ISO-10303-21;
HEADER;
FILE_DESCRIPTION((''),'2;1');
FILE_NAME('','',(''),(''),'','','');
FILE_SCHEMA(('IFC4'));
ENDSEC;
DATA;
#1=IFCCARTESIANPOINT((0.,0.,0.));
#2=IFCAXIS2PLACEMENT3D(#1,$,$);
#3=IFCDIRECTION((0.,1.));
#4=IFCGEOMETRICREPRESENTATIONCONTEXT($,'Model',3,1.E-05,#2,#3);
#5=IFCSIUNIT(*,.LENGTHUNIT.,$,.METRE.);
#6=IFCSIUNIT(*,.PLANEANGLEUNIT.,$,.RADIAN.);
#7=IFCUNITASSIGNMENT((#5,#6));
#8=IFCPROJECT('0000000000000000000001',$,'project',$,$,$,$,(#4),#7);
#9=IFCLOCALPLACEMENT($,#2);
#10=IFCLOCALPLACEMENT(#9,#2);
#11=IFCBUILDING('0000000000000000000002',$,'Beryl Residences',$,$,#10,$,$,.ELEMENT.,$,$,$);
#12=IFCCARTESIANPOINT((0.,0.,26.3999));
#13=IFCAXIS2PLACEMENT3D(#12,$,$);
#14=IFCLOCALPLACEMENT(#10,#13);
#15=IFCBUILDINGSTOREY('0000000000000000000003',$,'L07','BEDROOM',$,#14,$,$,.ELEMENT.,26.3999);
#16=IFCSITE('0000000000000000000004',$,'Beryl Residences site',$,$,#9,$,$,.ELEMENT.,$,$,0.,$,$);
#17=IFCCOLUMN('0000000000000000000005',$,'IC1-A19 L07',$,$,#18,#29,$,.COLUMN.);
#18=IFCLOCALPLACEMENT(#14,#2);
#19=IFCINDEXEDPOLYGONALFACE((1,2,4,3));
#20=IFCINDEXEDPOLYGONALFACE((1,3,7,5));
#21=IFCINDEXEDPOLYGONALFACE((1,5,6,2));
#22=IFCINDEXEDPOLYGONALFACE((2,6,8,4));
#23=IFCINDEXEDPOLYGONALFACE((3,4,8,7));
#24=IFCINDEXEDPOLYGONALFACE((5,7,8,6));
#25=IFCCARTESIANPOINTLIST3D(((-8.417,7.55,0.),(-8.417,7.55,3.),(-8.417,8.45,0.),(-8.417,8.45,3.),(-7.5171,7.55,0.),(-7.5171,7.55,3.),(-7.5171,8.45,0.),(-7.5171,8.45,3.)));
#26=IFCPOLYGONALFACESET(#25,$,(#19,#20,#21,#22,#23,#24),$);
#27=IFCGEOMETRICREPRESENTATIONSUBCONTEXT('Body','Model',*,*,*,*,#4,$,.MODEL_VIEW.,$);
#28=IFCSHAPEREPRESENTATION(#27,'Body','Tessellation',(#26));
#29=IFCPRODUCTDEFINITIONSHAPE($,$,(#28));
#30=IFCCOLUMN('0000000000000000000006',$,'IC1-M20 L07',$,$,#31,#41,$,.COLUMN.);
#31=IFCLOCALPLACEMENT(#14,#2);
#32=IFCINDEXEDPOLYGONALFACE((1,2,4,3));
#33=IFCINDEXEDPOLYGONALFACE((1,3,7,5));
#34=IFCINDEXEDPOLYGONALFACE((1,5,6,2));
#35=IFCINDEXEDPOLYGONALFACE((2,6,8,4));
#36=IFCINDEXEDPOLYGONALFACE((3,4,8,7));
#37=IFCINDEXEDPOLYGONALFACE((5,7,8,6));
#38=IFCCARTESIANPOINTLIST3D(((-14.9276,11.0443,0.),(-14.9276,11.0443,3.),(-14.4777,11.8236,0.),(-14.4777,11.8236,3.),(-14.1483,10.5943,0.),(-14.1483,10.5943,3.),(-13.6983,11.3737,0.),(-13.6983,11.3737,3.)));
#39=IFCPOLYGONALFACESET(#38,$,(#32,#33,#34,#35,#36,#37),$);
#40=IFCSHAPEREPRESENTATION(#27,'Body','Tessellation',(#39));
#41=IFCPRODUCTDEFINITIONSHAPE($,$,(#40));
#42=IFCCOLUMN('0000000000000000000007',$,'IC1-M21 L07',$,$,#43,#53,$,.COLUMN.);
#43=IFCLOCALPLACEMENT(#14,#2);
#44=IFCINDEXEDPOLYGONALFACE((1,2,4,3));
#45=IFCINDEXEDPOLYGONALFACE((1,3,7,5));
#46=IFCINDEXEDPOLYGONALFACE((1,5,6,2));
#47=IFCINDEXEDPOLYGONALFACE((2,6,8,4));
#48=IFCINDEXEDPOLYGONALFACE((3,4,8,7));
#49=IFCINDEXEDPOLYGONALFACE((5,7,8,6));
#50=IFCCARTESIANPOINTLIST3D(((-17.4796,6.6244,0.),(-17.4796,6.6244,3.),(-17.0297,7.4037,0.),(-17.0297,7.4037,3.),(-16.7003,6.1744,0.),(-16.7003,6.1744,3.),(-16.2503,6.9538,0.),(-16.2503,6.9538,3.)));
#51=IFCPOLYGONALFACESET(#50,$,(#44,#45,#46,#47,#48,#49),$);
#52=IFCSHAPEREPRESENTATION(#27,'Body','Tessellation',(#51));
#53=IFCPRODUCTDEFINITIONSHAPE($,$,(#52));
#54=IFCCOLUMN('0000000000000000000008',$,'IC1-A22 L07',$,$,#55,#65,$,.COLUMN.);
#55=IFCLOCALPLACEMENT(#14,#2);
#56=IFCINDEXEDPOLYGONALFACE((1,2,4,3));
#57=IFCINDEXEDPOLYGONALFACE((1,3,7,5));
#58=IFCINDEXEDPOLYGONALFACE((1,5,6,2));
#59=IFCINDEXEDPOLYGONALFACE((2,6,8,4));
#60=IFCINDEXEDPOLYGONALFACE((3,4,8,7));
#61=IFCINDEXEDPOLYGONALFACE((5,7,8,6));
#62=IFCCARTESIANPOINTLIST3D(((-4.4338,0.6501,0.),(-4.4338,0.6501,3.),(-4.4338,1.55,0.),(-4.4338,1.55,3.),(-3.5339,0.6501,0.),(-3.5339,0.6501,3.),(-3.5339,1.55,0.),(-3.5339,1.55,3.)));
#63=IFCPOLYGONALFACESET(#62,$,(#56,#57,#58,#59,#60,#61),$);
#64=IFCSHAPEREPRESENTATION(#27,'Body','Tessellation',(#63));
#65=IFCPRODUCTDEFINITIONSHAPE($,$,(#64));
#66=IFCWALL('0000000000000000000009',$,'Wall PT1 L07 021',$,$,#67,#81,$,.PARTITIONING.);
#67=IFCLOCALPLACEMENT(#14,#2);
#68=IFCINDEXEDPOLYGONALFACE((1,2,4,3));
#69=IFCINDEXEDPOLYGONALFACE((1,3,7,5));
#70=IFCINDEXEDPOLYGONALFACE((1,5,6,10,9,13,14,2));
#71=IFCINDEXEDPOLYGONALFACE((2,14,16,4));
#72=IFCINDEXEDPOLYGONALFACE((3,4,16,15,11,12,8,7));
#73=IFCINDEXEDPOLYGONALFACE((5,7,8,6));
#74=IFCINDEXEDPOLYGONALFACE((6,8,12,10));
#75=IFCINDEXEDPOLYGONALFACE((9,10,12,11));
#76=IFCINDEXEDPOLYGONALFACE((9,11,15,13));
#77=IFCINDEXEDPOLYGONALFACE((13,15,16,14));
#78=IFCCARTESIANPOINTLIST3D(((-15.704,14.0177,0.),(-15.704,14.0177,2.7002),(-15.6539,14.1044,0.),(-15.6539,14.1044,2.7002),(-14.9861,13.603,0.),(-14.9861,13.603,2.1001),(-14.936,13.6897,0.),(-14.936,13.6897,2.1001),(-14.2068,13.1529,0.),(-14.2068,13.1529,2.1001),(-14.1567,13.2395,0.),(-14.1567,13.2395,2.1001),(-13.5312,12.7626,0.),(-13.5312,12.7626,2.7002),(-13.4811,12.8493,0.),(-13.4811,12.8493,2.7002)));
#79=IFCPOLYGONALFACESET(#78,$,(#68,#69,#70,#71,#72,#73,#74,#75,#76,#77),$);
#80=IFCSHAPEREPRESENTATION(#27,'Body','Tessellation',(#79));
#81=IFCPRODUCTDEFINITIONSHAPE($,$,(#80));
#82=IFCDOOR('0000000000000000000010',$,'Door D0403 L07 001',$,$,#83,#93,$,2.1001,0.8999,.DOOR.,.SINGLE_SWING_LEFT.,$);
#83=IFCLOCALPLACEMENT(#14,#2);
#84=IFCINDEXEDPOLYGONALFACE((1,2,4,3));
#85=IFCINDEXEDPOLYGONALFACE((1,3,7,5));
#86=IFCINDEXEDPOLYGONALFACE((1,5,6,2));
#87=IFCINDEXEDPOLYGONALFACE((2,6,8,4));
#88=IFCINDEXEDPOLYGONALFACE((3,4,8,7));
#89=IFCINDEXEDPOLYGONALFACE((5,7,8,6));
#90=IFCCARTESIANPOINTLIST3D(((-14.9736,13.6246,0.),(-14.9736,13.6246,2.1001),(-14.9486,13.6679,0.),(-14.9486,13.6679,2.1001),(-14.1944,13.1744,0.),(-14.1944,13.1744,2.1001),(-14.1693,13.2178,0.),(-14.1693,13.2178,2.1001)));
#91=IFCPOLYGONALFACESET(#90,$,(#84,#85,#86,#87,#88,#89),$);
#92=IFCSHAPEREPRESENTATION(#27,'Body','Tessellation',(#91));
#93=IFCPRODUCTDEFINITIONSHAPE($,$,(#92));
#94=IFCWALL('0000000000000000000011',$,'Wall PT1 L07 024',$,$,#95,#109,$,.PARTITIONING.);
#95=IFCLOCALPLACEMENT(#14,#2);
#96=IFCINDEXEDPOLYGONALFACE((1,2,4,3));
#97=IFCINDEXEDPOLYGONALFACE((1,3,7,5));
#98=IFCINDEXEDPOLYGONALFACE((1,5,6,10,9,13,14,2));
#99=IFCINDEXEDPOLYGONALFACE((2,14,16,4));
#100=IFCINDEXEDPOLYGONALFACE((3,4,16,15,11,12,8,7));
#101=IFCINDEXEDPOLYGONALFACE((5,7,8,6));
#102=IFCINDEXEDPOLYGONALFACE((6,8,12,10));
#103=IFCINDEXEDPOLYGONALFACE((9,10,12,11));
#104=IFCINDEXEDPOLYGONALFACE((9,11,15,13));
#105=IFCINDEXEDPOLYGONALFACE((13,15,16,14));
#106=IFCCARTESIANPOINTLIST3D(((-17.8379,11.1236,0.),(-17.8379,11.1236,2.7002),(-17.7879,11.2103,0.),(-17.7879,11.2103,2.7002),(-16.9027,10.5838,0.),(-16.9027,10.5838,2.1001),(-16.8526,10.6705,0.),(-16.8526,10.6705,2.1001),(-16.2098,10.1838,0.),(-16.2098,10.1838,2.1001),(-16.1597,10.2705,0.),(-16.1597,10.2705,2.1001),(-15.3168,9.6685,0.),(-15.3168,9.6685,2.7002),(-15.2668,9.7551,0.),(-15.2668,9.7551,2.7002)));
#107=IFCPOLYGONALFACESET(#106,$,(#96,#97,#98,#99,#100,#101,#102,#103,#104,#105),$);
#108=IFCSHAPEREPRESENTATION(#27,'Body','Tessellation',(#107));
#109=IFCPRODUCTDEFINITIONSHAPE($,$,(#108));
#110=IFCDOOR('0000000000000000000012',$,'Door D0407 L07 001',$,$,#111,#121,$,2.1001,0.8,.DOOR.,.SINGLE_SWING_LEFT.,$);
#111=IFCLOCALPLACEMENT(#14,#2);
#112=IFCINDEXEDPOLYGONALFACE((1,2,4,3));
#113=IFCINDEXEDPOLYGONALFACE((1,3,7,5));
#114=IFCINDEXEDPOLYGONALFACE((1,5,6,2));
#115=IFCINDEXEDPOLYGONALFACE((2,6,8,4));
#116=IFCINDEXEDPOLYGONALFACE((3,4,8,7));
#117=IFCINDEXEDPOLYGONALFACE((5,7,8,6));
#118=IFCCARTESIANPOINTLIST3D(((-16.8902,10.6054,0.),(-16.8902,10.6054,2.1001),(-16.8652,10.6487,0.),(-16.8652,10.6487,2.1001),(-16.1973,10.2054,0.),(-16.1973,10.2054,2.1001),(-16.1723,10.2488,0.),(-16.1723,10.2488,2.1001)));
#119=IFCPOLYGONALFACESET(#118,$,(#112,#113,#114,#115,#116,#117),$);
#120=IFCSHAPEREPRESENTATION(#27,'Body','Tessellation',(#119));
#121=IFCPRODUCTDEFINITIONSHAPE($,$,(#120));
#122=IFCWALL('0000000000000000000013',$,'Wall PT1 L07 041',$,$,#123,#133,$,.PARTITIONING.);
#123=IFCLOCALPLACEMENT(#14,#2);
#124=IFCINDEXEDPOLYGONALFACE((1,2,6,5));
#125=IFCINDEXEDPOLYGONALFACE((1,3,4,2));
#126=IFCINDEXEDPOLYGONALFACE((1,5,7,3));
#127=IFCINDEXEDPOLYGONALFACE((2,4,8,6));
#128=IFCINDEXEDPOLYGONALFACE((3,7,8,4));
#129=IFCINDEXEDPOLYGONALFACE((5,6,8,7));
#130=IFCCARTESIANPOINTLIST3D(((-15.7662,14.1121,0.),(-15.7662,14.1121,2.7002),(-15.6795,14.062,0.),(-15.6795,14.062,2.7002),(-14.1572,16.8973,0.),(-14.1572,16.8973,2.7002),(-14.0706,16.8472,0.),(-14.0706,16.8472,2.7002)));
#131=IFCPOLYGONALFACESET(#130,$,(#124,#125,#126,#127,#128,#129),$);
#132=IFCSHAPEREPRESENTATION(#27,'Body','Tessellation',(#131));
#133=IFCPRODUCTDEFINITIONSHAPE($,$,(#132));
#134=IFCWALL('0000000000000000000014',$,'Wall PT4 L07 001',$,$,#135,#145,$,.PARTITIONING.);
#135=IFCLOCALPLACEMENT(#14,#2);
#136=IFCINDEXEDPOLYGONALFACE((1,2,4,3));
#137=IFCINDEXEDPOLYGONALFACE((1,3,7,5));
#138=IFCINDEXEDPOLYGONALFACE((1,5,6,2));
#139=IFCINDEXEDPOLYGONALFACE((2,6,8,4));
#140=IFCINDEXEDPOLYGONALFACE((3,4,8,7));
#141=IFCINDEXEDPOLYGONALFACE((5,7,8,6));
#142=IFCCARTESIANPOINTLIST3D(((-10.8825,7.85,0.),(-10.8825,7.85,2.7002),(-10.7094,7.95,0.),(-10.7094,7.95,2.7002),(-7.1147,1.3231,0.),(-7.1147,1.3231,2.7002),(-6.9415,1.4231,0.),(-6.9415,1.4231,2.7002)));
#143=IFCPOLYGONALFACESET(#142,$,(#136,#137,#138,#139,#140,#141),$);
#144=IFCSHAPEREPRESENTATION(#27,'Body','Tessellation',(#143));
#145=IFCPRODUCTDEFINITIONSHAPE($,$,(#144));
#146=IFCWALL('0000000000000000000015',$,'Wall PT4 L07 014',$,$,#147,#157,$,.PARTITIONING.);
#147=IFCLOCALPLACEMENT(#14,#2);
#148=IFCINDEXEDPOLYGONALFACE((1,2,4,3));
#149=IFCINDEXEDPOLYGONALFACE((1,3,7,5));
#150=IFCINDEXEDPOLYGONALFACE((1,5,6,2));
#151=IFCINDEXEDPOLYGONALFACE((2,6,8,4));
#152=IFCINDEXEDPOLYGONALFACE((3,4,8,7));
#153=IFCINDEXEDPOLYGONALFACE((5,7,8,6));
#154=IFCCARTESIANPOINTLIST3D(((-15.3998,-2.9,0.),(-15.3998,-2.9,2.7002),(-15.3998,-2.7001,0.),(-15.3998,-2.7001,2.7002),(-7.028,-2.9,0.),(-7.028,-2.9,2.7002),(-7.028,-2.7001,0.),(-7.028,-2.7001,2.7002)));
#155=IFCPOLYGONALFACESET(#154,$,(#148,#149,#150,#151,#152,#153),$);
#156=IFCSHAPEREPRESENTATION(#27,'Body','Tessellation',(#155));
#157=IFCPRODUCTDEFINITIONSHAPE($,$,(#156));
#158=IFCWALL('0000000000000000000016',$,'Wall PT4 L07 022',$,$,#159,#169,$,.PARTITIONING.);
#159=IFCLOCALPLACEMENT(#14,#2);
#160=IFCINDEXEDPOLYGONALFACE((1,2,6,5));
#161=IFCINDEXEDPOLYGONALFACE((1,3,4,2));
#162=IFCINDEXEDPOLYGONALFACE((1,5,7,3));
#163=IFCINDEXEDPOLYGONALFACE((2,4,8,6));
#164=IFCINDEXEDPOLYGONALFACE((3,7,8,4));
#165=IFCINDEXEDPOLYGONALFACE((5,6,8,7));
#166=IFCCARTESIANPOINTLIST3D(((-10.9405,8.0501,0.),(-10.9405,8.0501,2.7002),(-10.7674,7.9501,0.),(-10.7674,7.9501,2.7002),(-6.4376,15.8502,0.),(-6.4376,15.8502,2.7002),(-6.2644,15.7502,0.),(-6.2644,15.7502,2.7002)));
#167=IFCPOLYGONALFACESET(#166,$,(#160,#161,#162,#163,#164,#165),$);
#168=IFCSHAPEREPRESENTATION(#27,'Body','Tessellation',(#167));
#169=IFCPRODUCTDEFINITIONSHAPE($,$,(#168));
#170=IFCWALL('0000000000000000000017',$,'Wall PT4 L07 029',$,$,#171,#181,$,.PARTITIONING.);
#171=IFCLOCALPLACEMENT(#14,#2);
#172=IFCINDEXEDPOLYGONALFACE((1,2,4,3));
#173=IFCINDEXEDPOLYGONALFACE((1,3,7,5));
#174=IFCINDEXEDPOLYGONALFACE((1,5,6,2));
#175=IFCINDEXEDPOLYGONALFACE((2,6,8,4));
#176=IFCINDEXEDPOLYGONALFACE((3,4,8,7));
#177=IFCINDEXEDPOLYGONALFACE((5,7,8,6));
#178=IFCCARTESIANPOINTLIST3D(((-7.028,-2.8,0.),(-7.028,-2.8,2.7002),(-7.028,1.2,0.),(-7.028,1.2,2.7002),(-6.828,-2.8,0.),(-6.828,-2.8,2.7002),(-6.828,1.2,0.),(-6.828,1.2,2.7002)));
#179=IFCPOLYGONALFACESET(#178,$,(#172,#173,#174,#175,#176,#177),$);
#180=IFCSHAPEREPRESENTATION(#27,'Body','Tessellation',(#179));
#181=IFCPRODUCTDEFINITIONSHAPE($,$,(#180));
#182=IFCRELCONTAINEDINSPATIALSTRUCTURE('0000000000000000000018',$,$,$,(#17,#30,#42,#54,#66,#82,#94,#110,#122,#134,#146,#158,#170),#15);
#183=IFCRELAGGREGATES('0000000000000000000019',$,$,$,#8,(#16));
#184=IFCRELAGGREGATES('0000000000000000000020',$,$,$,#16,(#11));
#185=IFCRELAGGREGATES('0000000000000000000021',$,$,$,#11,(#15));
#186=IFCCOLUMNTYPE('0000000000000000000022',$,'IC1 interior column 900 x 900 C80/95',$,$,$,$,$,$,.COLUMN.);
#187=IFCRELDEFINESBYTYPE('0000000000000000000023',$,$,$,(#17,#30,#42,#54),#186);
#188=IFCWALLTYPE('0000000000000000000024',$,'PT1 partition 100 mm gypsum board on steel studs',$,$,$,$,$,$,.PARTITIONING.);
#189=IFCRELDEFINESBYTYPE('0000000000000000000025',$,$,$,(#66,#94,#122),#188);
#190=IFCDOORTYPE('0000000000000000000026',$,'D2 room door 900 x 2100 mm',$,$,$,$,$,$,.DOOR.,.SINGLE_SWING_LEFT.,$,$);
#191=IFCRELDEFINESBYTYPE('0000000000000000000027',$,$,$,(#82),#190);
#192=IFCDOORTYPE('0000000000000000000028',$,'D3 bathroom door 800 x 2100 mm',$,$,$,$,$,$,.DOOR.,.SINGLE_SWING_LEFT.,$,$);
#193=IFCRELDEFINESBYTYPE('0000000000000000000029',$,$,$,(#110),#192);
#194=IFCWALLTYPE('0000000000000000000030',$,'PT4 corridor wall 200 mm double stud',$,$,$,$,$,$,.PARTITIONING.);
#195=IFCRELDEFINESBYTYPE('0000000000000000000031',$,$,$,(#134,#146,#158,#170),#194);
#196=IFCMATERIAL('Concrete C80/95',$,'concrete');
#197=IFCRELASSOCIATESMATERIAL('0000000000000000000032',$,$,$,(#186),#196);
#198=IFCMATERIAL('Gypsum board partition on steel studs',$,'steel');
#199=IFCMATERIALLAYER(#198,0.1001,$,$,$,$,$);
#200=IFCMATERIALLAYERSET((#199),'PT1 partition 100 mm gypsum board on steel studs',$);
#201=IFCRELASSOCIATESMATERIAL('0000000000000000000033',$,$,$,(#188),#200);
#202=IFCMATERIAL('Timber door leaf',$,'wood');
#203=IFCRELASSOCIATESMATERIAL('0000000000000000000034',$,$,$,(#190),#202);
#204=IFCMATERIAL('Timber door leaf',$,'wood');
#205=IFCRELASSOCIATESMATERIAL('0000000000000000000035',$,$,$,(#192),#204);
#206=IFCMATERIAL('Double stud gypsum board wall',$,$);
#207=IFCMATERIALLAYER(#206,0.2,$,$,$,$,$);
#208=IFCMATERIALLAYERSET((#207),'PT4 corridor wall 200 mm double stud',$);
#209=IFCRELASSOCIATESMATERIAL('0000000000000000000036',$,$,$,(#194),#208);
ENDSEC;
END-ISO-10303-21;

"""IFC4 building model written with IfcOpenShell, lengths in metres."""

from ifc_helpers import new_model, si_unit, direction, frame, frame_2d, origin, origin_2d, place, context, subcontext, project, spatial, rectangle, extrude, material, layer, layer_set, material_profile, profile_set, type_object, element, fill, save


model = new_model("IFC4")

# Units and contexts
model_context = context("Model", 3, precision=1e-05, world=origin(), true_north=direction((0.0, 1.0)))
body_context = subcontext(model_context, "Body", "Model", "MODEL_VIEW")
ifc_project = project(units=[si_unit("LENGTHUNIT", "METRE"), si_unit("PLANEANGLEUNIT", "RADIAN")], contexts=[model_context])

# Site, building, storey
site_placement = place(None, origin())
site = spatial("IfcSite", under=ifc_project, at=site_placement, Name="Beryl Residences site", CompositionType="ELEMENT", RefElevation=0.0)
building_placement = place(site_placement, origin())
building = spatial("IfcBuilding", under=site, at=building_placement, Name="Beryl Residences", CompositionType="ELEMENT")
storey_placement = place(building_placement, frame((0.0, 0.0, 26.3999)))
storey = spatial("IfcBuildingStorey", under=building, at=storey_placement, Name="L07", Description="BEDROOM", CompositionType="ELEMENT", Elevation=26.3999)

# Columns
ifc_material_1 = material(Name="Concrete C80/95", Category="concrete")
ifc_material_profile = material_profile(ifc_material_1, rectangle(XDim=0.8999, YDim=0.8999, at=origin_2d()))
ifc_profile_set = profile_set([ifc_material_profile], Name="Concrete C80/95")
column_type = type_object("IfcColumnType", Name="IC1 interior column 900 x 900 C80/95", PredefinedType="COLUMN", material=ifc_profile_set)
for number, where, z_axis, x_axis, name in (
    (1, (-7.967, 8.0, 0.0), (0.0, 0.0, 1.0), (1.0, 0.0, 0.0), "IC1-A19 L07"),
    (2, (-14.313, 11.209, 0.0), (0.0, 0.0, 1.0), (-0.499985, -0.866034, 0.0), "IC1-M20 L07"),
    (3, (-16.865, 6.7891, 0.0), (0.0, 0.0, 1.0), (-0.499985, -0.866034, 0.0), "IC1-M21 L07"),
    (4, (-3.9839, 1.1001, 0.0), (0.0, 0.0, 1.0), (1.0, 0.0, 0.0), "IC1-A22 L07"),
):
    element("IfcColumn", number, at=place(storey_placement, frame(where, z_axis=z_axis, x_axis=x_axis)), inside=storey, type_object=column_type, Name=name, PredefinedType="COLUMN", context=body_context, shape_type="SweptSolid", body=[
        extrude(rectangle(XDim=0.8999, YDim=0.8999, at=origin_2d()), origin(), (0.0, 0.0, 1.0), 3.0),
    ])

# Walls, openings, doors
ifc_material_2 = material(Name="Gypsum board partition on steel studs", Category="steel")
ifc_layer_1 = layer(ifc_material_2, 0.1001)
ifc_layer_set_1 = layer_set([ifc_layer_1], Name="PT1 partition 100 mm gypsum board on steel studs")
wall_type_1 = type_object("IfcWallType", Name="PT1 partition 100 mm gypsum board on steel studs", PredefinedType="PARTITIONING", material=ifc_layer_set_1)
wall_1_placement = place(storey_placement, frame((-15.679, 14.061, 0.0), z_axis=(0.0, 0.0, 1.0), x_axis=(0.865917, -0.500188, 0.0)))
wall_1 = element("IfcWall", 5, at=wall_1_placement, inside=storey, type_object=wall_type_1, Name="Wall PT1 L07 021", PredefinedType="PARTITIONING", context=body_context, shape_type="SweptSolid", body=[
    extrude(rectangle(XDim=2.5093, YDim=0.1001, at=frame_2d((1.2546, 0.0))), origin(), (0.0, 0.0, 1.0), 2.7002),
])
opening_1_placement = place(wall_1_placement, frame((0.8291, 0.0, 0.0)))
opening_1 = element("IfcOpeningElement", 6, at=opening_1_placement, cuts=wall_1, PredefinedType="OPENING", context=body_context, shape_type="SweptSolid", body=[
    extrude(rectangle(XDim=0.8999, YDim=2.1001, at=frame_2d((0.45, 1.05))), frame((0.0, 0.0601, 0.0), z_axis=(0.0, -1.0, 0.0), x_axis=(1.0, 0.0, 0.0)), (0.0, 0.0, 1.0), 0.1201),
])
ifc_material_3 = material(Name="Timber door leaf", Category="wood")
door_type_1 = type_object("IfcDoorType", Name="D2 room door 900 x 2100 mm", OperationType="SINGLE_SWING_LEFT", PredefinedType="DOOR", material=ifc_material_3)
door_1_placement = place(opening_1_placement, origin())
door_1 = element("IfcDoor", 7, at=door_1_placement, inside=storey, type_object=door_type_1, Name="Door D0403 L07 001", OperationType="SINGLE_SWING_LEFT", OverallHeight=2.1001, OverallWidth=0.8999, PredefinedType="DOOR", context=body_context, shape_type="SweptSolid", body=[
    extrude(rectangle(XDim=0.8999, YDim=2.1001, at=frame_2d((0.45, 1.05))), frame((0.0, 0.0249, 0.0), z_axis=(0.0, -1.0, 0.0), x_axis=(1.0, 0.0, 0.0)), (0.0, 0.0, 1.0), 0.05),
])
fill(opening_1, door_1)
wall_2_placement = place(storey_placement, frame((-17.813, 11.167, 0.0), z_axis=(0.0, 0.0, 1.0), x_axis=(0.866088, -0.499892, 0.0)))
wall_2 = element("IfcWall", 8, at=wall_2_placement, inside=storey, type_object=wall_type_1, Name="Wall PT1 L07 024", PredefinedType="PARTITIONING", context=body_context, shape_type="SweptSolid", body=[
    extrude(rectangle(XDim=2.9109, YDim=0.1001, at=frame_2d((1.4556, 0.0))), origin(), (0.0, 0.0, 1.0), 2.7002),
])
opening_2_placement = place(wall_2_placement, frame((1.0801, 0.0, 0.0)))
opening_2 = element("IfcOpeningElement", 9, at=opening_2_placement, cuts=wall_2, PredefinedType="OPENING", context=body_context, shape_type="SweptSolid", body=[
    extrude(rectangle(XDim=0.8, YDim=2.1001, at=frame_2d((0.3999, 1.05))), frame((0.0, 0.0601, 0.0), z_axis=(0.0, -1.0, 0.0), x_axis=(1.0, 0.0, 0.0)), (0.0, 0.0, 1.0), 0.1201),
])
ifc_material_4 = material(Name="Timber door leaf", Category="wood")
door_type_2 = type_object("IfcDoorType", Name="D3 bathroom door 800 x 2100 mm", OperationType="SINGLE_SWING_LEFT", PredefinedType="DOOR", material=ifc_material_4)
door_2_placement = place(opening_2_placement, origin())
door_2 = element("IfcDoor", 10, at=door_2_placement, inside=storey, type_object=door_type_2, Name="Door D0407 L07 001", OperationType="SINGLE_SWING_LEFT", OverallHeight=2.1001, OverallWidth=0.8, PredefinedType="DOOR", context=body_context, shape_type="SweptSolid", body=[
    extrude(rectangle(XDim=0.8, YDim=2.1001, at=frame_2d((0.3999, 1.05))), frame((0.0, 0.0249, 0.0), z_axis=(0.0, -1.0, 0.0), x_axis=(1.0, 0.0, 0.0)), (0.0, 0.0, 1.0), 0.05),
])
fill(opening_2, door_2)

# Walls
wall_3_placement = place(storey_placement, frame((-15.7229, 14.0869, 0.0), z_axis=(0.0, 0.0, 1.0), x_axis=(0.500204, 0.865907, 0.0)))
element("IfcWall", 11, at=wall_3_placement, inside=storey, type_object=wall_type_1, Name="Wall PT1 L07 041", PredefinedType="PARTITIONING", context=body_context, shape_type="SweptSolid", body=[
    extrude(rectangle(XDim=3.2166, YDim=0.1001, at=frame_2d((1.6084, 0.0))), origin(), (0.0, 0.0, 1.0), 2.7002),
])
ifc_material_5 = material(Name="Double stud gypsum board wall")
ifc_layer_2 = layer(ifc_material_5, 0.2)
ifc_layer_set_2 = layer_set([ifc_layer_2], Name="PT4 corridor wall 200 mm double stud")
wall_type_2 = type_object("IfcWallType", Name="PT4 corridor wall 200 mm double stud", PredefinedType="PARTITIONING", material=ifc_layer_set_2)
wall_4_placement = place(storey_placement, frame((-10.7959, 7.8999, 0.0), z_axis=(0.0, 0.0, 1.0), x_axis=(0.499954, -0.866052, 0.0)))
element("IfcWall", 12, at=wall_4_placement, inside=storey, type_object=wall_type_2, Name="Wall PT4 L07 001", PredefinedType="PARTITIONING", context=body_context, shape_type="SweptSolid", body=[
    extrude(rectangle(XDim=7.5364, YDim=0.2, at=frame_2d((3.7681, 0.0))), origin(), (0.0, 0.0, 1.0), 2.7002),
])
wall_5_placement = place(storey_placement, frame((-15.3999, -2.8, 0.0), z_axis=(0.0, 0.0, 1.0), x_axis=(1.0, 0.0, 0.0)))
element("IfcWall", 13, at=wall_5_placement, inside=storey, type_object=wall_type_2, Name="Wall PT4 L07 014", PredefinedType="PARTITIONING", context=body_context, shape_type="SweptSolid", body=[
    extrude(rectangle(XDim=8.3718, YDim=0.2, at=frame_2d((4.186, 0.0))), origin(), (0.0, 0.0, 1.0), 2.7002),
])
wall_6_placement = place(storey_placement, frame((-10.854, 8.0, 0.0), z_axis=(0.0, 0.0, 1.0), x_axis=(0.499964, 0.866046, 0.0)))
element("IfcWall", 14, at=wall_6_placement, inside=storey, type_object=wall_type_2, Name="Wall PT4 L07 022", PredefinedType="PARTITIONING", context=body_context, shape_type="SweptSolid", body=[
    extrude(rectangle(XDim=9.0066, YDim=0.2, at=frame_2d((4.5034, 0.0))), origin(), (0.0, 0.0, 1.0), 2.7002),
])
wall_7_placement = place(storey_placement, frame((-6.928, -2.8, 0.0), z_axis=(0.0, 0.0, 1.0), x_axis=(0.0, 1.0, 0.0)))
element("IfcWall", 15, at=wall_7_placement, inside=storey, type_object=wall_type_2, Name="Wall PT4 L07 029", PredefinedType="PARTITIONING", context=body_context, shape_type="SweptSolid", body=[
    extrude(rectangle(XDim=4.0, YDim=0.2, at=frame_2d((2.0, 0.0))), origin(), (0.0, 0.0, 1.0), 2.7002),
])

save(model, "model.ifc")
